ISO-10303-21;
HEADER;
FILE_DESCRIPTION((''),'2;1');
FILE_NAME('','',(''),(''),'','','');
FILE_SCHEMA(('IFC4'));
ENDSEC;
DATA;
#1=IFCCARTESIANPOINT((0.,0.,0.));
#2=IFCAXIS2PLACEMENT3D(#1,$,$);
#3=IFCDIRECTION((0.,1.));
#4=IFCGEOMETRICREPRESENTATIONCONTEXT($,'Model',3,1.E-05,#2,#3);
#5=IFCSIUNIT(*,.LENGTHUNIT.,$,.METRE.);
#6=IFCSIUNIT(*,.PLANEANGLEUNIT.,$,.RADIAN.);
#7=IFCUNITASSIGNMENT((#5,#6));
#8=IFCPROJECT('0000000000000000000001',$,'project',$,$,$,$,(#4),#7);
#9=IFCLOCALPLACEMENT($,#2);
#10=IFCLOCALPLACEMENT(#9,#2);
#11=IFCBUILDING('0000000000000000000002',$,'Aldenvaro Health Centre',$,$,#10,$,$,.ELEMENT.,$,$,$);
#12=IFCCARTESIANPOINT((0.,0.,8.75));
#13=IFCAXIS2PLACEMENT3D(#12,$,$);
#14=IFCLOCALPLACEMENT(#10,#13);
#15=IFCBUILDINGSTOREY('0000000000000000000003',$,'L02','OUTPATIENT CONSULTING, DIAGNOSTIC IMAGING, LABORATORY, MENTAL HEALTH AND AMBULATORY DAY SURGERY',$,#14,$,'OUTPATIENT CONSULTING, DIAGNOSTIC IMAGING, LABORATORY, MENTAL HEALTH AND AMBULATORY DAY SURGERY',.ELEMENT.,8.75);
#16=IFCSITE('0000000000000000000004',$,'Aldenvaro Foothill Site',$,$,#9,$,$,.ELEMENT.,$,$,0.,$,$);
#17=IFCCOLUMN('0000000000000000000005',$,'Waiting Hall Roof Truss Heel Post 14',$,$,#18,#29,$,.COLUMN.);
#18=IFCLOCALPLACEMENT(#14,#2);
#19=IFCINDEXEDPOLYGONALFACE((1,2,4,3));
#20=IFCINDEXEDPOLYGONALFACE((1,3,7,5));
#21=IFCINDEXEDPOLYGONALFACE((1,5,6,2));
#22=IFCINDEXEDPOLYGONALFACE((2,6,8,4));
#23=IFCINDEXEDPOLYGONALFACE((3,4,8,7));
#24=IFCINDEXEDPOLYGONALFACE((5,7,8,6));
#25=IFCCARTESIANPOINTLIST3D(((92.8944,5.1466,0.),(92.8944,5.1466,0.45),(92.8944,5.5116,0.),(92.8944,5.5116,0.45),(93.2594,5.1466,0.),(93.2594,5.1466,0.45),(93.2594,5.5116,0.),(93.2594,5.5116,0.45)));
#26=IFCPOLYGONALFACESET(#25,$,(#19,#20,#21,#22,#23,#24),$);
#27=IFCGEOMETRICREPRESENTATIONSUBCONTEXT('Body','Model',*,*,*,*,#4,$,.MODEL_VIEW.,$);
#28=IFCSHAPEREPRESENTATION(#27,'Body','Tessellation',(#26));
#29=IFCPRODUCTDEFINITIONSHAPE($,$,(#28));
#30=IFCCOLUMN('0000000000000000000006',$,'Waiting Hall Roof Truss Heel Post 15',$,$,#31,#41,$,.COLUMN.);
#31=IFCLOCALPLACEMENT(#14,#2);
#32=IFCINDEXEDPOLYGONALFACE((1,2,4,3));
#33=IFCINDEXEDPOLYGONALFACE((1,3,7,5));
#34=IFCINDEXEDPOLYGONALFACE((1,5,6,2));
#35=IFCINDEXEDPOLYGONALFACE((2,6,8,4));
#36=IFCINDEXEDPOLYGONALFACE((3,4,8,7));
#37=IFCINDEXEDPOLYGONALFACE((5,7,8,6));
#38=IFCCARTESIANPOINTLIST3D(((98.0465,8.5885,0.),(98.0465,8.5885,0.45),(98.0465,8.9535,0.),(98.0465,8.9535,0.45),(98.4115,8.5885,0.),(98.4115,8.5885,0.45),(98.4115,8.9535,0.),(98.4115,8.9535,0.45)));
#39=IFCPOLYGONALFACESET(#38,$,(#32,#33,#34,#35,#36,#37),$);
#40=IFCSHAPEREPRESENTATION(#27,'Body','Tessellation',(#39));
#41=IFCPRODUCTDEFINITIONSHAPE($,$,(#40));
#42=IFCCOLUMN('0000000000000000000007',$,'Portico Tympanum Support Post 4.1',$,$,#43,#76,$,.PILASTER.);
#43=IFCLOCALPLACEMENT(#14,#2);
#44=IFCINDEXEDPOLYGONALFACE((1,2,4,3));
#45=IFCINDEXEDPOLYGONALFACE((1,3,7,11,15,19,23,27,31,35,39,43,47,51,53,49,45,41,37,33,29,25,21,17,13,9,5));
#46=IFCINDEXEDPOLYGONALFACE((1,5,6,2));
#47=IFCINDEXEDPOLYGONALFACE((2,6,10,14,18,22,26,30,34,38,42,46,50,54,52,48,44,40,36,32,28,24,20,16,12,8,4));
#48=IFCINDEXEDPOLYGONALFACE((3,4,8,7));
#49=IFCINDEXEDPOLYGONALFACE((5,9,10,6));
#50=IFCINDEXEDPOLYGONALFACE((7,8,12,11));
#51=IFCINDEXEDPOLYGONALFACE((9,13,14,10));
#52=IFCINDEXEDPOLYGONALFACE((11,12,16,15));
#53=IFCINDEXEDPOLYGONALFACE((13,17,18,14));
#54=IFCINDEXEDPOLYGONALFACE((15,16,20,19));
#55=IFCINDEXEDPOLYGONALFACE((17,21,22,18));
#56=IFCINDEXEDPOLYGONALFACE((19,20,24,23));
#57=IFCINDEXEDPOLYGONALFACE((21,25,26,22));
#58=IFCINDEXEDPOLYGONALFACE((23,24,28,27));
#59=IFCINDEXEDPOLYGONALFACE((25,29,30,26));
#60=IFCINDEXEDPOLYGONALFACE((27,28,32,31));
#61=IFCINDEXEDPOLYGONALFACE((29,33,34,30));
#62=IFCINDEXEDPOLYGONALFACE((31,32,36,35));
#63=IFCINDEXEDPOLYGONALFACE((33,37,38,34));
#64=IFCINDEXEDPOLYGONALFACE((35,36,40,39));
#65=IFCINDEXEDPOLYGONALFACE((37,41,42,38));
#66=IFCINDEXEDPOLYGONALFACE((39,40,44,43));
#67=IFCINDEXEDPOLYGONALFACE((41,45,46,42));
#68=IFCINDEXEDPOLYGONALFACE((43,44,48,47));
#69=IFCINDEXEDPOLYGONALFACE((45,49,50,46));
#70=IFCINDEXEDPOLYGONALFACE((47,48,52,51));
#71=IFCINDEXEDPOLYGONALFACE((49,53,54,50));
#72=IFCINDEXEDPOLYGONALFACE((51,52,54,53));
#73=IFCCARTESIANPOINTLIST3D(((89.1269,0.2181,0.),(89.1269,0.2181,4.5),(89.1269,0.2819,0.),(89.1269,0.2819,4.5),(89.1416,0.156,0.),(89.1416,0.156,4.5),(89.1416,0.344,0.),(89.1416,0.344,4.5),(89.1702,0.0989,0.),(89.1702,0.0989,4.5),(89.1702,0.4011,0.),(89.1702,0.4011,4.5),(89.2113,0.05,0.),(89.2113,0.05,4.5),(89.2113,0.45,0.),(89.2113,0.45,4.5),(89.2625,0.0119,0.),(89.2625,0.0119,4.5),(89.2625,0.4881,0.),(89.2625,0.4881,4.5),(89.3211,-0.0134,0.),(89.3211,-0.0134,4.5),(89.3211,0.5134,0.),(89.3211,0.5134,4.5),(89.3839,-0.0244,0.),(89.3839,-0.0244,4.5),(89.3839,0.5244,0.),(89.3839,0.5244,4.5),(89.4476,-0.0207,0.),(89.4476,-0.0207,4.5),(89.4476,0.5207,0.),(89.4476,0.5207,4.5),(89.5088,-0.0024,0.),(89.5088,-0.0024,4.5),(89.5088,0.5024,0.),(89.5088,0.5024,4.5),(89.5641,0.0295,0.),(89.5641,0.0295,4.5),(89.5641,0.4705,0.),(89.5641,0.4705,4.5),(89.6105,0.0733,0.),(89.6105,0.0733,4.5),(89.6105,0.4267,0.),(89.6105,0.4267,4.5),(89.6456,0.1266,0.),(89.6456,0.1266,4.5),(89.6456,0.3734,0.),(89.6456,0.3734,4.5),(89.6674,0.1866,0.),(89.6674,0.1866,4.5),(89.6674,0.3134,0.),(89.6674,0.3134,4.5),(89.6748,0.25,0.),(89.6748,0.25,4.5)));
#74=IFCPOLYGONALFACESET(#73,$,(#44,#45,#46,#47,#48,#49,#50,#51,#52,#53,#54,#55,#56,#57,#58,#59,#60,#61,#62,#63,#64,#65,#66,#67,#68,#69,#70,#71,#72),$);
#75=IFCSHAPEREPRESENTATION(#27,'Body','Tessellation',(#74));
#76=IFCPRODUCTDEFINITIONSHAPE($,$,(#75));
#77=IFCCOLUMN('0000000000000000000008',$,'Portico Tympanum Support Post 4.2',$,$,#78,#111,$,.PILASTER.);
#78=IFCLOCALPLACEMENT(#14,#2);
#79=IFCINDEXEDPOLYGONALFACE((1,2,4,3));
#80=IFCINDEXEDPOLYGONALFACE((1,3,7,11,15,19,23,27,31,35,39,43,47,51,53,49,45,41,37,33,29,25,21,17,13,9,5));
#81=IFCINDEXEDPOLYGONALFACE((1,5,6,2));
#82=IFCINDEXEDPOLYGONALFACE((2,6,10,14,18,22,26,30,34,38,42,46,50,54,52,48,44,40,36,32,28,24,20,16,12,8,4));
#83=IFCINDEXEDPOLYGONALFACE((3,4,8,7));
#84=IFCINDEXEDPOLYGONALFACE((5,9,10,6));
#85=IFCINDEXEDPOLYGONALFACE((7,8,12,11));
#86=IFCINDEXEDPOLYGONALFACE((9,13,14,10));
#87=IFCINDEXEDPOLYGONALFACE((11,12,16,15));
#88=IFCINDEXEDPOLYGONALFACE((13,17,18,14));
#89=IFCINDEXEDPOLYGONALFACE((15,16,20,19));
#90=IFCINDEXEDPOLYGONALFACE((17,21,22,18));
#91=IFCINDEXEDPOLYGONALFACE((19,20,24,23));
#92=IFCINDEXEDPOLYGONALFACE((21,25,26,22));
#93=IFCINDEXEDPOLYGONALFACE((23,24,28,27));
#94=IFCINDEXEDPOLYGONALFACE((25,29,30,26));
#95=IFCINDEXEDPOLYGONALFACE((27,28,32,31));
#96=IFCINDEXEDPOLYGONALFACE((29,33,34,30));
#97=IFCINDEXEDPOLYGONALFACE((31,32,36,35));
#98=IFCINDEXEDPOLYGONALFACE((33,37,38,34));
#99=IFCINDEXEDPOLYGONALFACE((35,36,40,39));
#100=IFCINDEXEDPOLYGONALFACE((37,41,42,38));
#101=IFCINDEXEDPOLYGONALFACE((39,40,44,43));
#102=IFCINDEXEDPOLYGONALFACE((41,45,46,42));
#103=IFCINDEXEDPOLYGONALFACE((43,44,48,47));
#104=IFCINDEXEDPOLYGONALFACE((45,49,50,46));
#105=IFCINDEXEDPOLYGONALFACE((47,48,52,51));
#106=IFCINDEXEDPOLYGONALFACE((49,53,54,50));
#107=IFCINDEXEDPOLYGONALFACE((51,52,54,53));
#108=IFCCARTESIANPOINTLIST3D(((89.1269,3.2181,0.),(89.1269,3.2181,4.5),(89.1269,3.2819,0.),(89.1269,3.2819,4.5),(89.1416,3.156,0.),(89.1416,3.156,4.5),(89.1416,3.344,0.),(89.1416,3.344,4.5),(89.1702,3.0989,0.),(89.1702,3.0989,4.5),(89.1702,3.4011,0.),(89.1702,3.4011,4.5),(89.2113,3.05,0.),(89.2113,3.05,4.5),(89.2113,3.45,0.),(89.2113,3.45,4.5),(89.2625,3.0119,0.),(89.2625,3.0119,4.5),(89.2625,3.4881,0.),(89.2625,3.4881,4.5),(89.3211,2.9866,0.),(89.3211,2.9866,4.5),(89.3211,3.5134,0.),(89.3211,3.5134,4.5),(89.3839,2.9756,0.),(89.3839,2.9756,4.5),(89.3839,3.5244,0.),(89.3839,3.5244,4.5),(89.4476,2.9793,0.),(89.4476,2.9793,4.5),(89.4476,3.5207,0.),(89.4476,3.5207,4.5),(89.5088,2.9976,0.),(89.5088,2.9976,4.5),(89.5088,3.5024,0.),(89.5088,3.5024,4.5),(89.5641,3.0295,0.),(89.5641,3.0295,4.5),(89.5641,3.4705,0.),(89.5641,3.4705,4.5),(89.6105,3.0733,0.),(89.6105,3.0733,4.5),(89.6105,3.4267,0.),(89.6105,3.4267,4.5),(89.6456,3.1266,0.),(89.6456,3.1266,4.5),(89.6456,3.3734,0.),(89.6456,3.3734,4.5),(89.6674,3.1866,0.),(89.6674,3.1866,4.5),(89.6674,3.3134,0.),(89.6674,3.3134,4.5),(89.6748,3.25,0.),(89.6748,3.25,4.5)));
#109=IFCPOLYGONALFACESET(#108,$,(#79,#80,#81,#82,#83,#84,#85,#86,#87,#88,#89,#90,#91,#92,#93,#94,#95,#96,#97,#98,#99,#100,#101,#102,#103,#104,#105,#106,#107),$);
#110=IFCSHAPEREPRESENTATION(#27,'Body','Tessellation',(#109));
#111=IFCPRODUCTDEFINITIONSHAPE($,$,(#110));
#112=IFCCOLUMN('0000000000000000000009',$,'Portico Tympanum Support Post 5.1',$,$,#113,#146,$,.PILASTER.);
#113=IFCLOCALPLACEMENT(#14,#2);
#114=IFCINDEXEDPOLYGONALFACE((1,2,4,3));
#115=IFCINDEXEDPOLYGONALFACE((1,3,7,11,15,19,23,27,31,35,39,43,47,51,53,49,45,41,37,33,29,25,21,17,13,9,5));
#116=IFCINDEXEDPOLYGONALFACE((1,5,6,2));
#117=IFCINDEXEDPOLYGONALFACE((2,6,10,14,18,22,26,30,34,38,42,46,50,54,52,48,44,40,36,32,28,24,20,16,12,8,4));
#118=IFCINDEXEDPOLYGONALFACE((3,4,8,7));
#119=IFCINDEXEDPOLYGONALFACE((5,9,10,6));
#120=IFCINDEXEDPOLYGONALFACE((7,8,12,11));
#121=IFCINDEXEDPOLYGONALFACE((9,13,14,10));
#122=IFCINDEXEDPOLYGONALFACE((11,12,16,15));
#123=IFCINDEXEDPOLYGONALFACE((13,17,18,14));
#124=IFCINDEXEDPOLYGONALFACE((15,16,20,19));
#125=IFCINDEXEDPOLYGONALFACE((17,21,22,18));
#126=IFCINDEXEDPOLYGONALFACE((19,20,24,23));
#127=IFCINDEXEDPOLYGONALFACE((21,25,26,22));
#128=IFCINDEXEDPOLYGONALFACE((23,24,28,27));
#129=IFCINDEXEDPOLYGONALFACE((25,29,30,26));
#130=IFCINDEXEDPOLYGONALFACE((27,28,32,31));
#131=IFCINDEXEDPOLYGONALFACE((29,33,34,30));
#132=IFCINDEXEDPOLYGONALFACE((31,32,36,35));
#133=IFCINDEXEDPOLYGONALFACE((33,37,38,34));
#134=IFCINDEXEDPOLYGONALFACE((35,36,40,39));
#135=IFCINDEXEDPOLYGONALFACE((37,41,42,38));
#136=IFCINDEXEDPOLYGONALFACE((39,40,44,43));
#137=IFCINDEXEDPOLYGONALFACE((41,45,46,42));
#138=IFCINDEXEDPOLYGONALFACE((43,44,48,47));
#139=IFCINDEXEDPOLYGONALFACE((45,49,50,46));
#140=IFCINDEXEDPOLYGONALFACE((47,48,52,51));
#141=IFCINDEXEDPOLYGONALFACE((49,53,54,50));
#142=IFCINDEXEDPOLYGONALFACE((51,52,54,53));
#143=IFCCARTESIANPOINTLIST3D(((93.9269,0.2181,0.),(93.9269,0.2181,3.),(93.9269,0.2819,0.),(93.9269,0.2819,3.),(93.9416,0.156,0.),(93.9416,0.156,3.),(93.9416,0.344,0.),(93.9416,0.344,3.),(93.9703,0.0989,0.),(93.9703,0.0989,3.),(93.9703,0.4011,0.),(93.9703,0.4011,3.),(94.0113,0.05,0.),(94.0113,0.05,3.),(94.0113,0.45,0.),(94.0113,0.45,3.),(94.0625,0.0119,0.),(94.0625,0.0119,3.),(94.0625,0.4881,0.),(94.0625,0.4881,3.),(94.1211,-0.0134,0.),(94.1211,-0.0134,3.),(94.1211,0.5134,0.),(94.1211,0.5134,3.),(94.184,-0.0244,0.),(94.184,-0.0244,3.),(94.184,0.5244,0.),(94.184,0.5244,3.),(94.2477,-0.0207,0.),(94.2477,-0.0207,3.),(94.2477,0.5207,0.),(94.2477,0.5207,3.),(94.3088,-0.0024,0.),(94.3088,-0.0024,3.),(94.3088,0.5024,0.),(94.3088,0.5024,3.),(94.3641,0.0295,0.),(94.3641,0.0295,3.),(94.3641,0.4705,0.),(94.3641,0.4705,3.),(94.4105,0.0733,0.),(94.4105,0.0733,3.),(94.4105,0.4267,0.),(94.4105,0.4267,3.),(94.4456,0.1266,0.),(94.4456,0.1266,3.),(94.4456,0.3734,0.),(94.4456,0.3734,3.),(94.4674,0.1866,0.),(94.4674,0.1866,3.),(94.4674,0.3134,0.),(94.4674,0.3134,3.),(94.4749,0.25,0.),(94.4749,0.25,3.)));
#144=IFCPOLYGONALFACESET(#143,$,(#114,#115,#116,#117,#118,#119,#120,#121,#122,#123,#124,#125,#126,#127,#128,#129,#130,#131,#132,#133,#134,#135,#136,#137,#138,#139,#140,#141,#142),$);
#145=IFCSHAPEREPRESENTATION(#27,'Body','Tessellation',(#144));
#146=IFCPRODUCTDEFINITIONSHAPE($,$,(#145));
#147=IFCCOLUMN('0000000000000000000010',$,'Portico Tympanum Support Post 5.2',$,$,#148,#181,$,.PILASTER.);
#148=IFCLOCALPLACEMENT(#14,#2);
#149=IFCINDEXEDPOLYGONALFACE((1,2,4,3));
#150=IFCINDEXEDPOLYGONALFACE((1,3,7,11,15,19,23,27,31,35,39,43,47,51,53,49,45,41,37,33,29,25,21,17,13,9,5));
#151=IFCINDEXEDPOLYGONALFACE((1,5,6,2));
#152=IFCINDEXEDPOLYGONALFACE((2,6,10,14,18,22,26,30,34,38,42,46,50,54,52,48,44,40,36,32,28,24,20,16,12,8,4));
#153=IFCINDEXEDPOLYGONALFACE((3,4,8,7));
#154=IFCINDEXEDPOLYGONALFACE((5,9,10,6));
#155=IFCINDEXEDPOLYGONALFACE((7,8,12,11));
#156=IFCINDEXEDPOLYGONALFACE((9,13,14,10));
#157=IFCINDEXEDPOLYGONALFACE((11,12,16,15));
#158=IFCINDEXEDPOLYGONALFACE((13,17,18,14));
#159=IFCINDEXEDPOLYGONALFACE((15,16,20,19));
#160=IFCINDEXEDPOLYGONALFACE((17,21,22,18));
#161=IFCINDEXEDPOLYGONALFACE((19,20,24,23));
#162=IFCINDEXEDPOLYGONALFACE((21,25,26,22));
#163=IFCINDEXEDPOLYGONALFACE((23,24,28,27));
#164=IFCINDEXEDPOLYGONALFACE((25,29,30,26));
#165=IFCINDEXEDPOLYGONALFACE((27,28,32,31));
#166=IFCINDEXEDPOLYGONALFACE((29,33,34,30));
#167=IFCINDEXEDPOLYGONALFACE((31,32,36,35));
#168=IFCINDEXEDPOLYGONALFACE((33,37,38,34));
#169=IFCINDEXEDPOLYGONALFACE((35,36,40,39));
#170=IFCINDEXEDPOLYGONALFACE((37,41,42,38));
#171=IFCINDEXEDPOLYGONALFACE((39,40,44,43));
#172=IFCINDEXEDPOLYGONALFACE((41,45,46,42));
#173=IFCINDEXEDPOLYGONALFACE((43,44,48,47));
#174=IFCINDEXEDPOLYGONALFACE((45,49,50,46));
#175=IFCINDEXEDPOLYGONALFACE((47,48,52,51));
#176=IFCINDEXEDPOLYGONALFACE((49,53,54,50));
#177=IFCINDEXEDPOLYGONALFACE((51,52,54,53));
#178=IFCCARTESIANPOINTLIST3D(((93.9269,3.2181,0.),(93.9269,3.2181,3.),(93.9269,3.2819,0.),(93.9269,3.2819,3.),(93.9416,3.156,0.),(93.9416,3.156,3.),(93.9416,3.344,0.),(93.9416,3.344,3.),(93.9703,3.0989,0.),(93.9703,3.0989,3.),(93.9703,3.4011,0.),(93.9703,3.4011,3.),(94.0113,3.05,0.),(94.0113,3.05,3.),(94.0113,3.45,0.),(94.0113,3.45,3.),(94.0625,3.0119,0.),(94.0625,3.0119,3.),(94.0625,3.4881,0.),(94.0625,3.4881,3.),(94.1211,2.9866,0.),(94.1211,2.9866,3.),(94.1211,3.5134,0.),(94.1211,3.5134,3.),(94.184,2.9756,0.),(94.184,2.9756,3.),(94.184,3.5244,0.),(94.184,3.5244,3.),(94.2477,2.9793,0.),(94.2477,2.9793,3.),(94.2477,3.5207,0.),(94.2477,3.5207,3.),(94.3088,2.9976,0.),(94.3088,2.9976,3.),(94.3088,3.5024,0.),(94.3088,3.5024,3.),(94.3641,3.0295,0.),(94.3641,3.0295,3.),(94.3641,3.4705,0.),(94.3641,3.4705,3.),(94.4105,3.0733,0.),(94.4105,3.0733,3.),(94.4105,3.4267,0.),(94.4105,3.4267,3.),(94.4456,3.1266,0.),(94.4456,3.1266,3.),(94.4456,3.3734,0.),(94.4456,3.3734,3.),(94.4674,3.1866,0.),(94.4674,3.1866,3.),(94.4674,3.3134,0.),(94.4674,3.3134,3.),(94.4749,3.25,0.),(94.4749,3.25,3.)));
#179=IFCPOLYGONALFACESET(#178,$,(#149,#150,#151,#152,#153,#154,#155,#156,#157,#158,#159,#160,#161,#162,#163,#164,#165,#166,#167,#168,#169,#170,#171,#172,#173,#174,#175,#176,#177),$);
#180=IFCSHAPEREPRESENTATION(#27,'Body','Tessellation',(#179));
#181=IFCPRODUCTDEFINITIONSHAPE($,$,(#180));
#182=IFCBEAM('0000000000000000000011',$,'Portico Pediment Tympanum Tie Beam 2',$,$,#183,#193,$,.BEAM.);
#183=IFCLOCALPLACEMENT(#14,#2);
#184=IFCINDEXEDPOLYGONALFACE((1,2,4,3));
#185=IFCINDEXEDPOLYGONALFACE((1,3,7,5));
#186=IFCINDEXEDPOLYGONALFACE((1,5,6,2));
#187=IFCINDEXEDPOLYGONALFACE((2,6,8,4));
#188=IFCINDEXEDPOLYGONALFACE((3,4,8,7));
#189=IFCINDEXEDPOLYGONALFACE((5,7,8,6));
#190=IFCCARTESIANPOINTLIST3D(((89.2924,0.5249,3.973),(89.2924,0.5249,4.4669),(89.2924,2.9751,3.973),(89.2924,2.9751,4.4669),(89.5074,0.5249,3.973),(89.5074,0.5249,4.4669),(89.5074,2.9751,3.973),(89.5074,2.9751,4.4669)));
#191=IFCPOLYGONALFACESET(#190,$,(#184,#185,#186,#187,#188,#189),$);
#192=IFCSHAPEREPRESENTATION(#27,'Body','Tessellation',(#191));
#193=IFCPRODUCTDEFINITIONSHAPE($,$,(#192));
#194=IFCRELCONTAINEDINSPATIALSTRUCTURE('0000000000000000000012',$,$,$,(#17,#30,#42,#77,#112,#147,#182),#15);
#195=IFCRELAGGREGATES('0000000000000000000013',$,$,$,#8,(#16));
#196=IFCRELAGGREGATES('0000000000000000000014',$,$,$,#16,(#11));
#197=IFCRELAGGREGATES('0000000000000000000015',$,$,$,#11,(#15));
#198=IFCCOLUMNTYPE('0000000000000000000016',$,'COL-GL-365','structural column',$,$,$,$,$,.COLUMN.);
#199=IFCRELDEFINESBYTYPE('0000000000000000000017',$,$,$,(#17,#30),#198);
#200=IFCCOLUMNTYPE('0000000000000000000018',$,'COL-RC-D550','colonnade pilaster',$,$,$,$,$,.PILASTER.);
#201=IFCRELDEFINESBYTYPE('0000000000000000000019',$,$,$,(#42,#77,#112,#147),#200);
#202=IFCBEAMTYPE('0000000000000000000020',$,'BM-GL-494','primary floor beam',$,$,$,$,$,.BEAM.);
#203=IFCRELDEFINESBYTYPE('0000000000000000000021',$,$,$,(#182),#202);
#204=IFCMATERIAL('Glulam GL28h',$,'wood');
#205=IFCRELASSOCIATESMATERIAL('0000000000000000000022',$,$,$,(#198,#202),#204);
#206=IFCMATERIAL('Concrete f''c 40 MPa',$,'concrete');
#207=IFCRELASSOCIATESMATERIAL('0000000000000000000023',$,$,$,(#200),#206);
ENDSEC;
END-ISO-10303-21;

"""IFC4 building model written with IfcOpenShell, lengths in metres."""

from ifc_helpers import new_model, si_unit, direction, frame, origin, origin_2d, place, context, subcontext, project, spatial, rectangle, circle, extrude, material, material_profile, profile_set, type_object, element, save


model = new_model("IFC4")

# Units and contexts
model_context = context("Model", 3, precision=1e-05, world=origin(), true_north=direction((0.0, 1.0)))
body_context = subcontext(model_context, "Body", "Model", "MODEL_VIEW")
ifc_project = project(units=[si_unit("LENGTHUNIT", "METRE"), si_unit("PLANEANGLEUNIT", "RADIAN")], contexts=[model_context])

# Site, building, storey
site_placement = place(None, origin())
site = spatial("IfcSite", under=ifc_project, at=site_placement, Name="Aldenvaro Foothill Site", CompositionType="ELEMENT", RefElevation=0.0)
building_placement = place(site_placement, origin())
building = spatial("IfcBuilding", under=site, at=building_placement, Name="Aldenvaro Health Centre", CompositionType="ELEMENT")
storey_placement = place(building_placement, frame((0.0, 0.0, 8.75)))
storey = spatial("IfcBuildingStorey", under=building, at=storey_placement, Name="L02", Description="OUTPATIENT CONSULTING, DIAGNOSTIC IMAGING, LABORATORY, MENTAL HEALTH AND AMBULATORY DAY SURGERY", LongName="OUTPATIENT CONSULTING, DIAGNOSTIC IMAGING, LABORATORY, MENTAL HEALTH AND AMBULATORY DAY SURGERY", CompositionType="ELEMENT", Elevation=8.75)

# Columns
ifc_material_1 = material(Name="Glulam GL28h", Category="wood")
ifc_material_profile_1 = material_profile(ifc_material_1, rectangle(XDim=0.365, YDim=0.365, at=origin_2d()), Name="GL 365x365", Category="wood")
ifc_profile_set_1 = profile_set([ifc_material_profile_1], Name="Glulam GL28h")
column_type_1 = type_object("IfcColumnType", Name="COL-GL-365", Description="structural column", PredefinedType="COLUMN", material=ifc_profile_set_1)
for number, where, z_axis, x_axis, name in (
    (1, (93.0769, 5.3291, 0.0), (0.0, 0.0, 1.0), (1.0, 0.0, 0.0), "Waiting Hall Roof Truss Heel Post 14"),
    (2, (98.229, 8.771, 0.0), (0.0, 0.0, 1.0), (1.0, 0.0, 0.0), "Waiting Hall Roof Truss Heel Post 15"),
):
    element("IfcColumn", number, at=place(storey_placement, frame(where, z_axis=z_axis, x_axis=x_axis)), inside=storey, type_object=column_type_1, Name=name, PredefinedType="COLUMN", context=body_context, shape_type="SweptSolid", body=[
        extrude(rectangle(XDim=0.365, YDim=0.365, at=origin_2d()), origin(), (0.0, 0.0, 1.0), 0.45),
    ])
ifc_material_2 = material(Name="Concrete f'c 40 MPa", Category="concrete")
ifc_material_profile_2 = material_profile(ifc_material_2, circle(Radius=0.2749, at=origin_2d()), Name="RC D550", Category="concrete")
ifc_profile_set_2 = profile_set([ifc_material_profile_2], Name="Concrete f'c 40 MPa")
column_type_2 = type_object("IfcColumnType", Name="COL-RC-D550", Description="colonnade pilaster", PredefinedType="PILASTER", material=ifc_profile_set_2)
for number, where, z_axis, x_axis, name in (
    (3, (89.3999, 0.25, 0.0), (0.0, 0.0, 1.0), (1.0, 0.0, 0.0), "Portico Tympanum Support Post 4.1"),
    (4, (89.3999, 3.25, 0.0), (0.0, 0.0, 1.0), (1.0, 0.0, 0.0), "Portico Tympanum Support Post 4.2"),
):
    element("IfcColumn", number, at=place(storey_placement, frame(where, z_axis=z_axis, x_axis=x_axis)), inside=storey, type_object=column_type_2, Name=name, PredefinedType="PILASTER", context=body_context, shape_type="SweptSolid", body=[
        extrude(circle(Radius=0.2749, at=origin_2d()), origin(), (0.0, 0.0, 1.0), 4.5),
    ])
for number, where, z_axis, x_axis, name in (
    (5, (94.2, 0.25, 0.0), (0.0, 0.0, 1.0), (1.0, 0.0, 0.0), "Portico Tympanum Support Post 5.1"),
    (6, (94.2, 3.25, 0.0), (0.0, 0.0, 1.0), (1.0, 0.0, 0.0), "Portico Tympanum Support Post 5.2"),
):
    element("IfcColumn", number, at=place(storey_placement, frame(where, z_axis=z_axis, x_axis=x_axis)), inside=storey, type_object=column_type_2, Name=name, PredefinedType="PILASTER", context=body_context, shape_type="SweptSolid", body=[
        extrude(circle(Radius=0.2749, at=origin_2d()), origin(), (0.0, 0.0, 1.0), 3.0),
    ])

# Beam
ifc_material_profile_3 = material_profile(ifc_material_1, rectangle(XDim=0.2151, YDim=0.4939, at=origin_2d()), Name="GL 215x494", Category="wood")
ifc_profile_set_3 = profile_set([ifc_material_profile_3], Name="Glulam GL28h")
beam_type_1 = type_object("IfcBeamType", Name="BM-GL-494", Description="primary floor beam", PredefinedType="BEAM", material=ifc_profile_set_3)
beam_1_placement = place(storey_placement, frame((89.3999, 0.5249, 4.22), z_axis=(0.0, 1.0, 0.0), x_axis=(-1.0, 0.0, 0.0)))
element("IfcBeam", 7, at=beam_1_placement, inside=storey, type_object=beam_type_1, Name="Portico Pediment Tympanum Tie Beam 2", PredefinedType="BEAM", context=body_context, shape_type="SweptSolid", body=[
    extrude(rectangle(XDim=0.2151, YDim=0.4939, at=origin_2d()), origin(), (0.0, 0.0, 1.0), 2.4502),
])

save(model, "model.ifc")
